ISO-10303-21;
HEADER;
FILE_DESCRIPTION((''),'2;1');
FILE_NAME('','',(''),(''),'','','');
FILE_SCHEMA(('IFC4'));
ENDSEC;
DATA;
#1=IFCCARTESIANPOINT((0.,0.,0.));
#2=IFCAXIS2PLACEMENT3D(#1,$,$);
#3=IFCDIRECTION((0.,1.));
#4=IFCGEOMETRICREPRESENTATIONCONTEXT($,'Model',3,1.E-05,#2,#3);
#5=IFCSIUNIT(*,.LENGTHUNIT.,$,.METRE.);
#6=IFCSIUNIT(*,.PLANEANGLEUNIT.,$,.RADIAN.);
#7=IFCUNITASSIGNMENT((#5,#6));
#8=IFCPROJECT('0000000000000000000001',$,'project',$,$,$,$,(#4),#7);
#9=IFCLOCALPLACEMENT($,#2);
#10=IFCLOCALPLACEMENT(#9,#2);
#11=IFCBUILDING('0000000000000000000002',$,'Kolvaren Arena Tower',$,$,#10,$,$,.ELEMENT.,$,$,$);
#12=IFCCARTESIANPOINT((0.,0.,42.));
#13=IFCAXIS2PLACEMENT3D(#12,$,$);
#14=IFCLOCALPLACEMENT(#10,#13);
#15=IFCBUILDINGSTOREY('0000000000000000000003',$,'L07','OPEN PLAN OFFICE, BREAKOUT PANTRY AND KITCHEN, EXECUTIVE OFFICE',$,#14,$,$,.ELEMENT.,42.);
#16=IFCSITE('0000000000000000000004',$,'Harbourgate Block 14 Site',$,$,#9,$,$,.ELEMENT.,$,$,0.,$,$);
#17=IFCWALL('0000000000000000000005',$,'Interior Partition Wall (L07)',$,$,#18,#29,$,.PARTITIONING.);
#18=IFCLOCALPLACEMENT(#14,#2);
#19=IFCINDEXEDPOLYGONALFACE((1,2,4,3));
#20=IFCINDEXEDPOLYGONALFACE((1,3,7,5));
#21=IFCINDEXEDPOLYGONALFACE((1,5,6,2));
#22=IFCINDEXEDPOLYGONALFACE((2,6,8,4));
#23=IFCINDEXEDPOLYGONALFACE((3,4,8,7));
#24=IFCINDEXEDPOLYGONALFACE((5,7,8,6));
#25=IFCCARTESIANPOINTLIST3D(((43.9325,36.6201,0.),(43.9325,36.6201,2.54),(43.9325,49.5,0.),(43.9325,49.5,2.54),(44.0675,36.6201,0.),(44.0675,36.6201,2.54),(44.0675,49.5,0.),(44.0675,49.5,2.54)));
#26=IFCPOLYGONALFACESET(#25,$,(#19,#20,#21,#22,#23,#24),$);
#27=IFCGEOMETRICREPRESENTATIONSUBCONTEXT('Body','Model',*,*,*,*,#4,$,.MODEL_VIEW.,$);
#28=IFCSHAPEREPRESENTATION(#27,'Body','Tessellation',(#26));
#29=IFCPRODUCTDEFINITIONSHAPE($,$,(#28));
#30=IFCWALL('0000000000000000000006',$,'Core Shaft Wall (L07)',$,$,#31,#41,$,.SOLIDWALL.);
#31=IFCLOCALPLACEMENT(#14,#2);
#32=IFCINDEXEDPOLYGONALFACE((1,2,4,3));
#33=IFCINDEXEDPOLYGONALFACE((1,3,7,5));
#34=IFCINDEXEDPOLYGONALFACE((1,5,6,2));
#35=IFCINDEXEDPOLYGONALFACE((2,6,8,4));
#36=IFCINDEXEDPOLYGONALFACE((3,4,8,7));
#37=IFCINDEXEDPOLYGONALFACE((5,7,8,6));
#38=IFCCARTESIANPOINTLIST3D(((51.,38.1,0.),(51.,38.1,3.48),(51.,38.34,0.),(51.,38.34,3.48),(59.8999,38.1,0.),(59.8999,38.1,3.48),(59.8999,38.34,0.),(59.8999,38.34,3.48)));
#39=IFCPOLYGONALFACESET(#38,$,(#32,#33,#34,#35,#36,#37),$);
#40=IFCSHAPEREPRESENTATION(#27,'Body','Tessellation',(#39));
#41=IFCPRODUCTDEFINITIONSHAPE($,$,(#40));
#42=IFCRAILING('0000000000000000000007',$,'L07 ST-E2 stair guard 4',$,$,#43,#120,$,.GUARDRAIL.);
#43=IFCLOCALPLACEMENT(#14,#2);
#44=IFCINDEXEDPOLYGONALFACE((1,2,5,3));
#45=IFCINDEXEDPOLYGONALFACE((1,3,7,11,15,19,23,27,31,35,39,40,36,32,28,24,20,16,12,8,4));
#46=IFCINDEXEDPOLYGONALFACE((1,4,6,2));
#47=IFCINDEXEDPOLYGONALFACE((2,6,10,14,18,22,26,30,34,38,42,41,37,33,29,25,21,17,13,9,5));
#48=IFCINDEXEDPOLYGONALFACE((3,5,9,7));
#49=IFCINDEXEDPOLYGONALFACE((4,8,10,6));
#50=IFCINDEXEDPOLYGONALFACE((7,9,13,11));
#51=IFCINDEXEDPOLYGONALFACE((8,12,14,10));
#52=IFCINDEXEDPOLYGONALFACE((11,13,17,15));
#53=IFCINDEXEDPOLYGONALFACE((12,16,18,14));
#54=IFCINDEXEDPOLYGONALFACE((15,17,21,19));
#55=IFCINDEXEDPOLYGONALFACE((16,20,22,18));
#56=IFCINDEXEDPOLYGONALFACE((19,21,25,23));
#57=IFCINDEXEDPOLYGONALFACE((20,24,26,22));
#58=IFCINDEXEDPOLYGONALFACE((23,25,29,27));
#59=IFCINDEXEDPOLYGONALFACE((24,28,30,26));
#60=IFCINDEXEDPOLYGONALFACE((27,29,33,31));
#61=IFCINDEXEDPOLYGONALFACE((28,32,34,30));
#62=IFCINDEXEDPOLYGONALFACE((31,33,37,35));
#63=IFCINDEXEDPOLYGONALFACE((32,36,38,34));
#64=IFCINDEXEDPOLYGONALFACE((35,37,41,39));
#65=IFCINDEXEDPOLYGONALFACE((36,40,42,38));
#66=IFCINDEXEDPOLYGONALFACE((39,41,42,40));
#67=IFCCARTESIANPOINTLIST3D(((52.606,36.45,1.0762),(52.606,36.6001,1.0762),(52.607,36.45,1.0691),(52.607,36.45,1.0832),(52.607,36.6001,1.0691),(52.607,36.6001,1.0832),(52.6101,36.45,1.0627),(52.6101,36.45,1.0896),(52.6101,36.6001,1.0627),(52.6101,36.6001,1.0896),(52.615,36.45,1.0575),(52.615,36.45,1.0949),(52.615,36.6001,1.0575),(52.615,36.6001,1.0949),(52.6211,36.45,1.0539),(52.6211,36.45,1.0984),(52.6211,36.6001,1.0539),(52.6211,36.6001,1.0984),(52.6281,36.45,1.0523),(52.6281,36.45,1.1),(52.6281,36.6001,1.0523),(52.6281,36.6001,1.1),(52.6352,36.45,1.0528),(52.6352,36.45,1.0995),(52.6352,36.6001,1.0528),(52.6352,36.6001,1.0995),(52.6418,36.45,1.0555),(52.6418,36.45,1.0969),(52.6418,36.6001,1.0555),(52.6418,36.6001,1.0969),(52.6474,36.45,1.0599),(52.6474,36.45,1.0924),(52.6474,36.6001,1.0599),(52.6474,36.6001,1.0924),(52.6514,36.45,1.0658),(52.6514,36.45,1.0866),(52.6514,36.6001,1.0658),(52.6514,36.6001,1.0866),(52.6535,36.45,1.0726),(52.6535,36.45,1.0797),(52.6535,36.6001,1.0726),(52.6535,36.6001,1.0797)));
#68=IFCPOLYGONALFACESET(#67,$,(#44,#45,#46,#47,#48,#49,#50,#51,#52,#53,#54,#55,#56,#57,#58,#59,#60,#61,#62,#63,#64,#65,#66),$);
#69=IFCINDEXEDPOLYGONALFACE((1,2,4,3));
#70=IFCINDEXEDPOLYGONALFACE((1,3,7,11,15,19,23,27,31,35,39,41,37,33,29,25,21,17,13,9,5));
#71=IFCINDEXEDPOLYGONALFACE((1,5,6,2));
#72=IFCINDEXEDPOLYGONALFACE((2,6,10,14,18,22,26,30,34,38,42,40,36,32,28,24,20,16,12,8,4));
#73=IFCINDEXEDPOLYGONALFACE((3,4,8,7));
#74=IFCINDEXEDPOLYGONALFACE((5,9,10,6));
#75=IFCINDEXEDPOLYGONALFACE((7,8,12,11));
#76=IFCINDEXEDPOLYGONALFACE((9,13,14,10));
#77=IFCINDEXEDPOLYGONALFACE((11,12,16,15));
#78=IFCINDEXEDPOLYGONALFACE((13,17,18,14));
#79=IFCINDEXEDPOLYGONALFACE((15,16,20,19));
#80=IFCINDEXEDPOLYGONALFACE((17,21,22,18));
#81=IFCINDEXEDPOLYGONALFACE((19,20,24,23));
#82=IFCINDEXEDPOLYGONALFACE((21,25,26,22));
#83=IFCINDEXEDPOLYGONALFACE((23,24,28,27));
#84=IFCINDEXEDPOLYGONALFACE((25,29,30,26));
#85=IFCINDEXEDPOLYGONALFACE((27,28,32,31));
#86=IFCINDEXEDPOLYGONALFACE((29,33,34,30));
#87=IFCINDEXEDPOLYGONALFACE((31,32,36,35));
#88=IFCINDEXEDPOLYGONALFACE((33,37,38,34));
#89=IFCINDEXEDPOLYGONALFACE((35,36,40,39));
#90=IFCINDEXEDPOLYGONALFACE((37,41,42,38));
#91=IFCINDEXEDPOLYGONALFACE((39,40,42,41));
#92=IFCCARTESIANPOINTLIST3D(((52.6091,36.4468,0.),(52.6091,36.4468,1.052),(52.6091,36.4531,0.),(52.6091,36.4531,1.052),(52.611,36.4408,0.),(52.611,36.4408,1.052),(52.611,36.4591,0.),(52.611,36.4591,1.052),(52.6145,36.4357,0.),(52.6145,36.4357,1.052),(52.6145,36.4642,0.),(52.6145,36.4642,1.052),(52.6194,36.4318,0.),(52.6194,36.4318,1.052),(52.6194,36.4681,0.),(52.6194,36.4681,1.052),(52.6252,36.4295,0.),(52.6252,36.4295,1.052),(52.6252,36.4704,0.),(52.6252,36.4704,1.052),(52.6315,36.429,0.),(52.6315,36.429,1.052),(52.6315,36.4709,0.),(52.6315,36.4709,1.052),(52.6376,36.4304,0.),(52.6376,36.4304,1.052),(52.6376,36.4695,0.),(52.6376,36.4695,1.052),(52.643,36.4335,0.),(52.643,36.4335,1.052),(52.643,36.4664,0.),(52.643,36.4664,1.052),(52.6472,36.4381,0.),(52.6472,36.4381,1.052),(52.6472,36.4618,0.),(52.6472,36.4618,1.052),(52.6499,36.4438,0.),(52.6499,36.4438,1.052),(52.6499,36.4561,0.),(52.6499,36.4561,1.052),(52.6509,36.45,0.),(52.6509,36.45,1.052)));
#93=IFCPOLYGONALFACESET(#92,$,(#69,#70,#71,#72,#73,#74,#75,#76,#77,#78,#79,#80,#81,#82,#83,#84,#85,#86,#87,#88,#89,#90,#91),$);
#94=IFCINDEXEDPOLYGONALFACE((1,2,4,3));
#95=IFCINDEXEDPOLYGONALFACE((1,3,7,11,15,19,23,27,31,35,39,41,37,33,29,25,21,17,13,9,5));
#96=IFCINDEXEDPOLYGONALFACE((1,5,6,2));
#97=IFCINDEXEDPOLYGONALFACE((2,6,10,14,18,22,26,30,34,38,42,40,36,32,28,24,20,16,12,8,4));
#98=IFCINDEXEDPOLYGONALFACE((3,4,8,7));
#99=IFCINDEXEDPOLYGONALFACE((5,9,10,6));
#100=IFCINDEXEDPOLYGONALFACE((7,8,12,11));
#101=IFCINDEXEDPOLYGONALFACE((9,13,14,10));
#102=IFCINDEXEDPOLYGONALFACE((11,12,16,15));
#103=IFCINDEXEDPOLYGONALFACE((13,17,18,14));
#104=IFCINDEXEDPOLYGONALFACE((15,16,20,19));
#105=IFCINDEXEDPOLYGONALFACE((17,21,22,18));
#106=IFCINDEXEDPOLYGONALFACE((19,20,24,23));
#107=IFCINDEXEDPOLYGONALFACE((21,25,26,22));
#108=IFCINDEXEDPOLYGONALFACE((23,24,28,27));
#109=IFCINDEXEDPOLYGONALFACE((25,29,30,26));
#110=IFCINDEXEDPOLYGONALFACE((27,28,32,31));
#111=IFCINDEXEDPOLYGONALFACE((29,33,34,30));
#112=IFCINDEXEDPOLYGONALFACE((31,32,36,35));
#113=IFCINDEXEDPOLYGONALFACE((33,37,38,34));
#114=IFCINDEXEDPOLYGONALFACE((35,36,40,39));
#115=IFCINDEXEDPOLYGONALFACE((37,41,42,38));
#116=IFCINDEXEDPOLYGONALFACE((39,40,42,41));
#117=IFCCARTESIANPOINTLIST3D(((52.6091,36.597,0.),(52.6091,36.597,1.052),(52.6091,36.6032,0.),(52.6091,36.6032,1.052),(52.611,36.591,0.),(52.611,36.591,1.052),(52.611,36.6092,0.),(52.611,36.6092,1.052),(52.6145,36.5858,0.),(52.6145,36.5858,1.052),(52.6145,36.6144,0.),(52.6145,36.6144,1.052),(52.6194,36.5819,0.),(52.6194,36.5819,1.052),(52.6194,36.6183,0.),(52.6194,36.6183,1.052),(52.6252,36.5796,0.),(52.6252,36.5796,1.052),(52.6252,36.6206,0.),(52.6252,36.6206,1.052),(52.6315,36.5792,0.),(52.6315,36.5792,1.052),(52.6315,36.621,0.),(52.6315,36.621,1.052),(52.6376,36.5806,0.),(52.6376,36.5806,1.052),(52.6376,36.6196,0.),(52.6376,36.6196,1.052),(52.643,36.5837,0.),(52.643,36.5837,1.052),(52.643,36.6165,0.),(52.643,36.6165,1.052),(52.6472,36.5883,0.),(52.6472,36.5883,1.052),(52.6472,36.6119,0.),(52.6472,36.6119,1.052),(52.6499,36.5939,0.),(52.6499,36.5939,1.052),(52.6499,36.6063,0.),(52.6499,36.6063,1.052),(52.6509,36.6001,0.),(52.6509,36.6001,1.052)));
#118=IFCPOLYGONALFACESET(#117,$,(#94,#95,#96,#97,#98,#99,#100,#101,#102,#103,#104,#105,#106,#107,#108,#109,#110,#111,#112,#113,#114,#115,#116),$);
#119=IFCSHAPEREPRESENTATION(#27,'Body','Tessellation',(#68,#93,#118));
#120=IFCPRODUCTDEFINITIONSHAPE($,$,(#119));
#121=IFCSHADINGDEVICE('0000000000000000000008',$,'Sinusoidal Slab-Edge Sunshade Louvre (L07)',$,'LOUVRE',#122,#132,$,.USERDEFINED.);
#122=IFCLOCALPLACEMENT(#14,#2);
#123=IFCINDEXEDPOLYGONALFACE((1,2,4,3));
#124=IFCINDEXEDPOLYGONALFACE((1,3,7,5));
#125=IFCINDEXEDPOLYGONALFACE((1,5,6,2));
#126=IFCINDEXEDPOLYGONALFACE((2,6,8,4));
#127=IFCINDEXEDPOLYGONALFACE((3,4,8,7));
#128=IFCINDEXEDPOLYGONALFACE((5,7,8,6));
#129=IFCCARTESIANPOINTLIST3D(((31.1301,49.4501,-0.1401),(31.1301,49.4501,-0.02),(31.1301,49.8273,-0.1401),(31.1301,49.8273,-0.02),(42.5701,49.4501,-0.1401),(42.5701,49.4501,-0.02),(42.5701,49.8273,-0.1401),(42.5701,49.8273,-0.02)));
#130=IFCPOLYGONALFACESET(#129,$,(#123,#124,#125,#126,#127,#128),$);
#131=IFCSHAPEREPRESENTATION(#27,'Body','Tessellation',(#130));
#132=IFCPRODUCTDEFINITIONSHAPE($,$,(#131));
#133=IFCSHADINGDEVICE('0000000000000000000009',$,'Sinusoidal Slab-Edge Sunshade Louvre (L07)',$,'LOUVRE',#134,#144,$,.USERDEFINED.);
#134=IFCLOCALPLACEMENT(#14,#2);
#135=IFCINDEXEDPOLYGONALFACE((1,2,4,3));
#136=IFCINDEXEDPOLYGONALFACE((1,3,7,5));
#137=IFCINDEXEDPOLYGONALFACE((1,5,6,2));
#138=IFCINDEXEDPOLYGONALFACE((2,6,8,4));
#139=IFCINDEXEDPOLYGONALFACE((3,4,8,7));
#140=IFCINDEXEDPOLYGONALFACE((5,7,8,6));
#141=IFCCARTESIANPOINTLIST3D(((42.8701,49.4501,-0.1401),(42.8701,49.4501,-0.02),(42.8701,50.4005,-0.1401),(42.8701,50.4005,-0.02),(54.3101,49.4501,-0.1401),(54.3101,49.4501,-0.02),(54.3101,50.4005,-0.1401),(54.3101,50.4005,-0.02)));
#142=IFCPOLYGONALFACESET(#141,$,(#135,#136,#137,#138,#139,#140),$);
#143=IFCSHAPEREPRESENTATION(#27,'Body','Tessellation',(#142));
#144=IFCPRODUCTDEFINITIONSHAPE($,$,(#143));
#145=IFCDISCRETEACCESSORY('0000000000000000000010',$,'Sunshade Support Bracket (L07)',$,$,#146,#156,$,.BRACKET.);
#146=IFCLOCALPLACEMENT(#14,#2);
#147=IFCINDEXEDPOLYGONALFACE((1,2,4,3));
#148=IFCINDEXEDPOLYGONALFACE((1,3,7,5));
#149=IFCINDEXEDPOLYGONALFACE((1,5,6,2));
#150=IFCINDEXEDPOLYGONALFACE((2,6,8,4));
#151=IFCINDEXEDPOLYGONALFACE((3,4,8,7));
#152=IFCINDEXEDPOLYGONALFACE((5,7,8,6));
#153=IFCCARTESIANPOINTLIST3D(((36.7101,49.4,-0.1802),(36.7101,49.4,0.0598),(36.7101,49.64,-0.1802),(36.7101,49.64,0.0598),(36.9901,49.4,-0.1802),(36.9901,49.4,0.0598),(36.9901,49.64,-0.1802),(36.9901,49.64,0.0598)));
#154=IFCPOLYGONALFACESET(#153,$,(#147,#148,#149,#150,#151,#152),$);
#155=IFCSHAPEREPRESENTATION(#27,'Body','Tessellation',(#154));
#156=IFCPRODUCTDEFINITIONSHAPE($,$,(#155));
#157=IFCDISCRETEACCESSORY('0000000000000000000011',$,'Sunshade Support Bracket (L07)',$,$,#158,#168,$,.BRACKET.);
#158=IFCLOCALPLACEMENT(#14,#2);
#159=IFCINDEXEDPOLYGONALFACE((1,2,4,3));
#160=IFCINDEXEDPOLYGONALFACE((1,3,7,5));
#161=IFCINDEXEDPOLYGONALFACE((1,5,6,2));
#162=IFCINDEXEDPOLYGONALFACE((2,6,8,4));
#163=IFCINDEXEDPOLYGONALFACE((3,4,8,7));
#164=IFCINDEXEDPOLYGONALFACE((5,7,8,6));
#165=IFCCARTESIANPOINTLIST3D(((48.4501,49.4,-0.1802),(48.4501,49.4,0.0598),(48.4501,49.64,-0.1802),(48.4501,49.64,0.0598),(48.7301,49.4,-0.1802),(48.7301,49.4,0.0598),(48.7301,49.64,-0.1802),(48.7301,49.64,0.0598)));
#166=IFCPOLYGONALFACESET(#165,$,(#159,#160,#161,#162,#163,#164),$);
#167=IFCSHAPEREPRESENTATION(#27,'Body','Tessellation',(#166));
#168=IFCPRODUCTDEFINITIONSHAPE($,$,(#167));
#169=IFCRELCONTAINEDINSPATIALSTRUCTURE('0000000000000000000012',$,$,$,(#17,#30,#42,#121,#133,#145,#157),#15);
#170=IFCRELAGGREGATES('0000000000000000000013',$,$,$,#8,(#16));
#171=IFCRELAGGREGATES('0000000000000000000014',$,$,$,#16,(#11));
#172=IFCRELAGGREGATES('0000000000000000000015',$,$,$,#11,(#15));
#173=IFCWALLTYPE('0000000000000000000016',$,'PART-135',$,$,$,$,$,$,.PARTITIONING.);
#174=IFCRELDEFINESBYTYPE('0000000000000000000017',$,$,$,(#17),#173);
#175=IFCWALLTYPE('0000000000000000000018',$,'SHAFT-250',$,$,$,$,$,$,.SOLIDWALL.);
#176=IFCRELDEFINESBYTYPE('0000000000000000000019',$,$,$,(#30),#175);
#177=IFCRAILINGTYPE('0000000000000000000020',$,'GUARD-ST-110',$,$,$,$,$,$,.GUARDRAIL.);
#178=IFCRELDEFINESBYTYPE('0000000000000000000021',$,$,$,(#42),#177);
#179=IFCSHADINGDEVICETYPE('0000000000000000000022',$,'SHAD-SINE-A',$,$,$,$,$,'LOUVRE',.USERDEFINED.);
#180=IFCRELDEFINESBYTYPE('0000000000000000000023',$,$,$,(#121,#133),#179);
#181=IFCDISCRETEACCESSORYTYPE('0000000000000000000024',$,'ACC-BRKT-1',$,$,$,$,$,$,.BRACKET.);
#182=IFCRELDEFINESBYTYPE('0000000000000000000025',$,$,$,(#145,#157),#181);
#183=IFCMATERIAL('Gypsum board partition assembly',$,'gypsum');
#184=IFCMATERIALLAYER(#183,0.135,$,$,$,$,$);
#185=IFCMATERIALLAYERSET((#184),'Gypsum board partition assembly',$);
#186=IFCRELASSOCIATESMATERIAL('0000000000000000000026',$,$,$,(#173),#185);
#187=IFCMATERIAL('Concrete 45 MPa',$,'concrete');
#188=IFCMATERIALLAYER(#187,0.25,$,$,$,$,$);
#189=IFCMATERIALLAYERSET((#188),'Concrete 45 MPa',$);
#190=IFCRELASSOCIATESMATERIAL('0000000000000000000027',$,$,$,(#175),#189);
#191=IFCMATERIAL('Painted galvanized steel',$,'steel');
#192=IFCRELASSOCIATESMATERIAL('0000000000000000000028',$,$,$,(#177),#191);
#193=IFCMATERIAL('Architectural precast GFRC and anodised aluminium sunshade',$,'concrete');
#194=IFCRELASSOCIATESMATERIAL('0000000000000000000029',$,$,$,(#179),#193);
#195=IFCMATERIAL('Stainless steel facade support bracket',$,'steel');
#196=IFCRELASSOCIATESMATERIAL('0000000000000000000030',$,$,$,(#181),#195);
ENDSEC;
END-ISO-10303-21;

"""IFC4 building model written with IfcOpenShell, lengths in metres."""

from ifc_helpers import new_model, si_unit, direction, frame, frame_2d, origin, origin_2d, place, context, subcontext, project, spatial, rectangle, circle, extrude, material, layer, layer_set, type_object, element, save


model = new_model("IFC4")

# Units and contexts
model_context = context("Model", 3, precision=1e-05, world=origin(), true_north=direction((0.0, 1.0)))
body_context = subcontext(model_context, "Body", "Model", "MODEL_VIEW")
ifc_project = project(units=[si_unit("LENGTHUNIT", "METRE"), si_unit("PLANEANGLEUNIT", "RADIAN")], contexts=[model_context])

# Site, building, storey
site_placement = place(None, origin())
site = spatial("IfcSite", under=ifc_project, at=site_placement, Name="Harbourgate Block 14 Site", CompositionType="ELEMENT", RefElevation=0.0)
building_placement = place(site_placement, origin())
building = spatial("IfcBuilding", under=site, at=building_placement, Name="Kolvaren Arena Tower", CompositionType="ELEMENT")
storey_placement = place(building_placement, frame((0.0, 0.0, 42.0)))
storey = spatial("IfcBuildingStorey", under=building, at=storey_placement, Name="L07", Description="OPEN PLAN OFFICE, BREAKOUT PANTRY AND KITCHEN, EXECUTIVE OFFICE", CompositionType="ELEMENT", Elevation=42.0)

# Walls
ifc_material_1 = material(Name="Gypsum board partition assembly", Category="gypsum")
ifc_layer_1 = layer(ifc_material_1, 0.135)
ifc_layer_set_1 = layer_set([ifc_layer_1], Name="Gypsum board partition assembly")
wall_type_1 = type_object("IfcWallType", Name="PART-135", PredefinedType="PARTITIONING", material=ifc_layer_set_1)
wall_1_placement = place(storey_placement, frame((44.0, 36.6201, 0.0), z_axis=(0.0, 0.0, 1.0), x_axis=(0.0, 1.0, 0.0)))
element("IfcWall", 1, at=wall_1_placement, inside=storey, type_object=wall_type_1, Name="Interior Partition Wall (L07)", PredefinedType="PARTITIONING", context=body_context, shape_type="SweptSolid", body=[
    extrude(rectangle(XDim=12.8799, YDim=0.135, at=frame_2d((6.4399, 0.0))), origin(), (0.0, 0.0, 1.0), 2.54),
])
ifc_material_2 = material(Name="Concrete 45 MPa", Category="concrete")
ifc_layer_2 = layer(ifc_material_2, 0.25)
ifc_layer_set_2 = layer_set([ifc_layer_2], Name="Concrete 45 MPa")
wall_type_2 = type_object("IfcWallType", Name="SHAFT-250", PredefinedType="SOLIDWALL", material=ifc_layer_set_2)
wall_2_placement = place(storey_placement, frame((51.0, 38.22, 0.0), z_axis=(0.0, 0.0, 1.0), x_axis=(1.0, 0.0, 0.0)))
element("IfcWall", 2, at=wall_2_placement, inside=storey, type_object=wall_type_2, Name="Core Shaft Wall (L07)", PredefinedType="SOLIDWALL", context=body_context, shape_type="SweptSolid", body=[
    extrude(rectangle(XDim=8.8999, YDim=0.24, at=frame_2d((4.45, 0.0))), origin(), (0.0, 0.0, 1.0), 3.48),
])

# Railing
ifc_material_3 = material(Name="Painted galvanized steel", Category="steel")
railing_type = type_object("IfcRailingType", Name="GUARD-ST-110", PredefinedType="GUARDRAIL", material=ifc_material_3)
railing_placement = place(storey_placement, frame((52.6299, 36.45, 0.0)))
element("IfcRailing", 3, at=railing_placement, inside=storey, type_object=railing_type, Name="L07 ST-E2 stair guard 4", PredefinedType="GUARDRAIL", context=body_context, shape_type="SweptSolid", body=[
    extrude(circle(Radius=0.0239, at=origin_2d()), frame((0.0, 0.0, 1.0762), z_axis=(0.0, 1.0, 0.0), x_axis=(-1.0, 0.0, 0.0)), (0.0, 0.0, 1.0), 0.1501),
    extrude(circle(Radius=0.021, at=origin_2d()), origin(), (0.0, 0.0, 1.0), 1.052),
    extrude(circle(Radius=0.021, at=origin_2d()), frame((0.0, 0.1501, 0.0)), (0.0, 0.0, 1.0), 1.052),
])

# Shading devices
ifc_material_4 = material(Name="Architectural precast GFRC and anodised aluminium sunshade", Category="concrete")
shading_device_type = type_object("IfcShadingDeviceType", Name="SHAD-SINE-A", ElementType="LOUVRE", PredefinedType="USERDEFINED", material=ifc_material_4)
shading_device_1_placement = place(storey_placement, frame((36.8501, 49.6387, -0.1401), z_axis=(0.0, 0.0, 1.0), x_axis=(1.0, 0.0, 0.0)))
element("IfcShadingDevice", 4, at=shading_device_1_placement, inside=storey, type_object=shading_device_type, Name="Sinusoidal Slab-Edge Sunshade Louvre (L07)", ObjectType="LOUVRE", PredefinedType="USERDEFINED", context=body_context, shape_type="SweptSolid", body=[
    extrude(rectangle(XDim=11.4399, YDim=0.3772, at=origin_2d()), origin(), (0.0, 0.0, 1.0), 0.1201),
])
shading_device_2_placement = place(storey_placement, frame((48.5901, 49.9253, -0.1401), z_axis=(0.0, 0.0, 1.0), x_axis=(1.0, 0.0, 0.0)))
element("IfcShadingDevice", 5, at=shading_device_2_placement, inside=storey, type_object=shading_device_type, Name="Sinusoidal Slab-Edge Sunshade Louvre (L07)", ObjectType="LOUVRE", PredefinedType="USERDEFINED", context=body_context, shape_type="SweptSolid", body=[
    extrude(rectangle(XDim=11.4399, YDim=0.9504, at=origin_2d()), origin(), (0.0, 0.0, 1.0), 0.1201),
])

# Discrete accessories
ifc_material_5 = material(Name="Stainless steel facade support bracket", Category="steel")
discrete_accessory_type = type_object("IfcDiscreteAccessoryType", Name="ACC-BRKT-1", PredefinedType="BRACKET", material=ifc_material_5)
for number, where, z_axis, x_axis, name in (
    (6, (36.8501, 49.52, -0.1802), (0.0, 0.0, 1.0), (1.0, 0.0, 0.0), "Sunshade Support Bracket (L07)"),
    (7, (48.5901, 49.52, -0.1802), (0.0, 0.0, 1.0), (1.0, 0.0, 0.0), "Sunshade Support Bracket (L07)"),
):
    element("IfcDiscreteAccessory", number, at=place(storey_placement, frame(where, z_axis=z_axis, x_axis=x_axis)), inside=storey, type_object=discrete_accessory_type, Name=name, PredefinedType="BRACKET", context=body_context, shape_type="SweptSolid", body=[
        extrude(rectangle(XDim=0.28, YDim=0.24, at=origin_2d()), origin(), (0.0, 0.0, 1.0), 0.24),
    ])

save(model, "model.ifc")
